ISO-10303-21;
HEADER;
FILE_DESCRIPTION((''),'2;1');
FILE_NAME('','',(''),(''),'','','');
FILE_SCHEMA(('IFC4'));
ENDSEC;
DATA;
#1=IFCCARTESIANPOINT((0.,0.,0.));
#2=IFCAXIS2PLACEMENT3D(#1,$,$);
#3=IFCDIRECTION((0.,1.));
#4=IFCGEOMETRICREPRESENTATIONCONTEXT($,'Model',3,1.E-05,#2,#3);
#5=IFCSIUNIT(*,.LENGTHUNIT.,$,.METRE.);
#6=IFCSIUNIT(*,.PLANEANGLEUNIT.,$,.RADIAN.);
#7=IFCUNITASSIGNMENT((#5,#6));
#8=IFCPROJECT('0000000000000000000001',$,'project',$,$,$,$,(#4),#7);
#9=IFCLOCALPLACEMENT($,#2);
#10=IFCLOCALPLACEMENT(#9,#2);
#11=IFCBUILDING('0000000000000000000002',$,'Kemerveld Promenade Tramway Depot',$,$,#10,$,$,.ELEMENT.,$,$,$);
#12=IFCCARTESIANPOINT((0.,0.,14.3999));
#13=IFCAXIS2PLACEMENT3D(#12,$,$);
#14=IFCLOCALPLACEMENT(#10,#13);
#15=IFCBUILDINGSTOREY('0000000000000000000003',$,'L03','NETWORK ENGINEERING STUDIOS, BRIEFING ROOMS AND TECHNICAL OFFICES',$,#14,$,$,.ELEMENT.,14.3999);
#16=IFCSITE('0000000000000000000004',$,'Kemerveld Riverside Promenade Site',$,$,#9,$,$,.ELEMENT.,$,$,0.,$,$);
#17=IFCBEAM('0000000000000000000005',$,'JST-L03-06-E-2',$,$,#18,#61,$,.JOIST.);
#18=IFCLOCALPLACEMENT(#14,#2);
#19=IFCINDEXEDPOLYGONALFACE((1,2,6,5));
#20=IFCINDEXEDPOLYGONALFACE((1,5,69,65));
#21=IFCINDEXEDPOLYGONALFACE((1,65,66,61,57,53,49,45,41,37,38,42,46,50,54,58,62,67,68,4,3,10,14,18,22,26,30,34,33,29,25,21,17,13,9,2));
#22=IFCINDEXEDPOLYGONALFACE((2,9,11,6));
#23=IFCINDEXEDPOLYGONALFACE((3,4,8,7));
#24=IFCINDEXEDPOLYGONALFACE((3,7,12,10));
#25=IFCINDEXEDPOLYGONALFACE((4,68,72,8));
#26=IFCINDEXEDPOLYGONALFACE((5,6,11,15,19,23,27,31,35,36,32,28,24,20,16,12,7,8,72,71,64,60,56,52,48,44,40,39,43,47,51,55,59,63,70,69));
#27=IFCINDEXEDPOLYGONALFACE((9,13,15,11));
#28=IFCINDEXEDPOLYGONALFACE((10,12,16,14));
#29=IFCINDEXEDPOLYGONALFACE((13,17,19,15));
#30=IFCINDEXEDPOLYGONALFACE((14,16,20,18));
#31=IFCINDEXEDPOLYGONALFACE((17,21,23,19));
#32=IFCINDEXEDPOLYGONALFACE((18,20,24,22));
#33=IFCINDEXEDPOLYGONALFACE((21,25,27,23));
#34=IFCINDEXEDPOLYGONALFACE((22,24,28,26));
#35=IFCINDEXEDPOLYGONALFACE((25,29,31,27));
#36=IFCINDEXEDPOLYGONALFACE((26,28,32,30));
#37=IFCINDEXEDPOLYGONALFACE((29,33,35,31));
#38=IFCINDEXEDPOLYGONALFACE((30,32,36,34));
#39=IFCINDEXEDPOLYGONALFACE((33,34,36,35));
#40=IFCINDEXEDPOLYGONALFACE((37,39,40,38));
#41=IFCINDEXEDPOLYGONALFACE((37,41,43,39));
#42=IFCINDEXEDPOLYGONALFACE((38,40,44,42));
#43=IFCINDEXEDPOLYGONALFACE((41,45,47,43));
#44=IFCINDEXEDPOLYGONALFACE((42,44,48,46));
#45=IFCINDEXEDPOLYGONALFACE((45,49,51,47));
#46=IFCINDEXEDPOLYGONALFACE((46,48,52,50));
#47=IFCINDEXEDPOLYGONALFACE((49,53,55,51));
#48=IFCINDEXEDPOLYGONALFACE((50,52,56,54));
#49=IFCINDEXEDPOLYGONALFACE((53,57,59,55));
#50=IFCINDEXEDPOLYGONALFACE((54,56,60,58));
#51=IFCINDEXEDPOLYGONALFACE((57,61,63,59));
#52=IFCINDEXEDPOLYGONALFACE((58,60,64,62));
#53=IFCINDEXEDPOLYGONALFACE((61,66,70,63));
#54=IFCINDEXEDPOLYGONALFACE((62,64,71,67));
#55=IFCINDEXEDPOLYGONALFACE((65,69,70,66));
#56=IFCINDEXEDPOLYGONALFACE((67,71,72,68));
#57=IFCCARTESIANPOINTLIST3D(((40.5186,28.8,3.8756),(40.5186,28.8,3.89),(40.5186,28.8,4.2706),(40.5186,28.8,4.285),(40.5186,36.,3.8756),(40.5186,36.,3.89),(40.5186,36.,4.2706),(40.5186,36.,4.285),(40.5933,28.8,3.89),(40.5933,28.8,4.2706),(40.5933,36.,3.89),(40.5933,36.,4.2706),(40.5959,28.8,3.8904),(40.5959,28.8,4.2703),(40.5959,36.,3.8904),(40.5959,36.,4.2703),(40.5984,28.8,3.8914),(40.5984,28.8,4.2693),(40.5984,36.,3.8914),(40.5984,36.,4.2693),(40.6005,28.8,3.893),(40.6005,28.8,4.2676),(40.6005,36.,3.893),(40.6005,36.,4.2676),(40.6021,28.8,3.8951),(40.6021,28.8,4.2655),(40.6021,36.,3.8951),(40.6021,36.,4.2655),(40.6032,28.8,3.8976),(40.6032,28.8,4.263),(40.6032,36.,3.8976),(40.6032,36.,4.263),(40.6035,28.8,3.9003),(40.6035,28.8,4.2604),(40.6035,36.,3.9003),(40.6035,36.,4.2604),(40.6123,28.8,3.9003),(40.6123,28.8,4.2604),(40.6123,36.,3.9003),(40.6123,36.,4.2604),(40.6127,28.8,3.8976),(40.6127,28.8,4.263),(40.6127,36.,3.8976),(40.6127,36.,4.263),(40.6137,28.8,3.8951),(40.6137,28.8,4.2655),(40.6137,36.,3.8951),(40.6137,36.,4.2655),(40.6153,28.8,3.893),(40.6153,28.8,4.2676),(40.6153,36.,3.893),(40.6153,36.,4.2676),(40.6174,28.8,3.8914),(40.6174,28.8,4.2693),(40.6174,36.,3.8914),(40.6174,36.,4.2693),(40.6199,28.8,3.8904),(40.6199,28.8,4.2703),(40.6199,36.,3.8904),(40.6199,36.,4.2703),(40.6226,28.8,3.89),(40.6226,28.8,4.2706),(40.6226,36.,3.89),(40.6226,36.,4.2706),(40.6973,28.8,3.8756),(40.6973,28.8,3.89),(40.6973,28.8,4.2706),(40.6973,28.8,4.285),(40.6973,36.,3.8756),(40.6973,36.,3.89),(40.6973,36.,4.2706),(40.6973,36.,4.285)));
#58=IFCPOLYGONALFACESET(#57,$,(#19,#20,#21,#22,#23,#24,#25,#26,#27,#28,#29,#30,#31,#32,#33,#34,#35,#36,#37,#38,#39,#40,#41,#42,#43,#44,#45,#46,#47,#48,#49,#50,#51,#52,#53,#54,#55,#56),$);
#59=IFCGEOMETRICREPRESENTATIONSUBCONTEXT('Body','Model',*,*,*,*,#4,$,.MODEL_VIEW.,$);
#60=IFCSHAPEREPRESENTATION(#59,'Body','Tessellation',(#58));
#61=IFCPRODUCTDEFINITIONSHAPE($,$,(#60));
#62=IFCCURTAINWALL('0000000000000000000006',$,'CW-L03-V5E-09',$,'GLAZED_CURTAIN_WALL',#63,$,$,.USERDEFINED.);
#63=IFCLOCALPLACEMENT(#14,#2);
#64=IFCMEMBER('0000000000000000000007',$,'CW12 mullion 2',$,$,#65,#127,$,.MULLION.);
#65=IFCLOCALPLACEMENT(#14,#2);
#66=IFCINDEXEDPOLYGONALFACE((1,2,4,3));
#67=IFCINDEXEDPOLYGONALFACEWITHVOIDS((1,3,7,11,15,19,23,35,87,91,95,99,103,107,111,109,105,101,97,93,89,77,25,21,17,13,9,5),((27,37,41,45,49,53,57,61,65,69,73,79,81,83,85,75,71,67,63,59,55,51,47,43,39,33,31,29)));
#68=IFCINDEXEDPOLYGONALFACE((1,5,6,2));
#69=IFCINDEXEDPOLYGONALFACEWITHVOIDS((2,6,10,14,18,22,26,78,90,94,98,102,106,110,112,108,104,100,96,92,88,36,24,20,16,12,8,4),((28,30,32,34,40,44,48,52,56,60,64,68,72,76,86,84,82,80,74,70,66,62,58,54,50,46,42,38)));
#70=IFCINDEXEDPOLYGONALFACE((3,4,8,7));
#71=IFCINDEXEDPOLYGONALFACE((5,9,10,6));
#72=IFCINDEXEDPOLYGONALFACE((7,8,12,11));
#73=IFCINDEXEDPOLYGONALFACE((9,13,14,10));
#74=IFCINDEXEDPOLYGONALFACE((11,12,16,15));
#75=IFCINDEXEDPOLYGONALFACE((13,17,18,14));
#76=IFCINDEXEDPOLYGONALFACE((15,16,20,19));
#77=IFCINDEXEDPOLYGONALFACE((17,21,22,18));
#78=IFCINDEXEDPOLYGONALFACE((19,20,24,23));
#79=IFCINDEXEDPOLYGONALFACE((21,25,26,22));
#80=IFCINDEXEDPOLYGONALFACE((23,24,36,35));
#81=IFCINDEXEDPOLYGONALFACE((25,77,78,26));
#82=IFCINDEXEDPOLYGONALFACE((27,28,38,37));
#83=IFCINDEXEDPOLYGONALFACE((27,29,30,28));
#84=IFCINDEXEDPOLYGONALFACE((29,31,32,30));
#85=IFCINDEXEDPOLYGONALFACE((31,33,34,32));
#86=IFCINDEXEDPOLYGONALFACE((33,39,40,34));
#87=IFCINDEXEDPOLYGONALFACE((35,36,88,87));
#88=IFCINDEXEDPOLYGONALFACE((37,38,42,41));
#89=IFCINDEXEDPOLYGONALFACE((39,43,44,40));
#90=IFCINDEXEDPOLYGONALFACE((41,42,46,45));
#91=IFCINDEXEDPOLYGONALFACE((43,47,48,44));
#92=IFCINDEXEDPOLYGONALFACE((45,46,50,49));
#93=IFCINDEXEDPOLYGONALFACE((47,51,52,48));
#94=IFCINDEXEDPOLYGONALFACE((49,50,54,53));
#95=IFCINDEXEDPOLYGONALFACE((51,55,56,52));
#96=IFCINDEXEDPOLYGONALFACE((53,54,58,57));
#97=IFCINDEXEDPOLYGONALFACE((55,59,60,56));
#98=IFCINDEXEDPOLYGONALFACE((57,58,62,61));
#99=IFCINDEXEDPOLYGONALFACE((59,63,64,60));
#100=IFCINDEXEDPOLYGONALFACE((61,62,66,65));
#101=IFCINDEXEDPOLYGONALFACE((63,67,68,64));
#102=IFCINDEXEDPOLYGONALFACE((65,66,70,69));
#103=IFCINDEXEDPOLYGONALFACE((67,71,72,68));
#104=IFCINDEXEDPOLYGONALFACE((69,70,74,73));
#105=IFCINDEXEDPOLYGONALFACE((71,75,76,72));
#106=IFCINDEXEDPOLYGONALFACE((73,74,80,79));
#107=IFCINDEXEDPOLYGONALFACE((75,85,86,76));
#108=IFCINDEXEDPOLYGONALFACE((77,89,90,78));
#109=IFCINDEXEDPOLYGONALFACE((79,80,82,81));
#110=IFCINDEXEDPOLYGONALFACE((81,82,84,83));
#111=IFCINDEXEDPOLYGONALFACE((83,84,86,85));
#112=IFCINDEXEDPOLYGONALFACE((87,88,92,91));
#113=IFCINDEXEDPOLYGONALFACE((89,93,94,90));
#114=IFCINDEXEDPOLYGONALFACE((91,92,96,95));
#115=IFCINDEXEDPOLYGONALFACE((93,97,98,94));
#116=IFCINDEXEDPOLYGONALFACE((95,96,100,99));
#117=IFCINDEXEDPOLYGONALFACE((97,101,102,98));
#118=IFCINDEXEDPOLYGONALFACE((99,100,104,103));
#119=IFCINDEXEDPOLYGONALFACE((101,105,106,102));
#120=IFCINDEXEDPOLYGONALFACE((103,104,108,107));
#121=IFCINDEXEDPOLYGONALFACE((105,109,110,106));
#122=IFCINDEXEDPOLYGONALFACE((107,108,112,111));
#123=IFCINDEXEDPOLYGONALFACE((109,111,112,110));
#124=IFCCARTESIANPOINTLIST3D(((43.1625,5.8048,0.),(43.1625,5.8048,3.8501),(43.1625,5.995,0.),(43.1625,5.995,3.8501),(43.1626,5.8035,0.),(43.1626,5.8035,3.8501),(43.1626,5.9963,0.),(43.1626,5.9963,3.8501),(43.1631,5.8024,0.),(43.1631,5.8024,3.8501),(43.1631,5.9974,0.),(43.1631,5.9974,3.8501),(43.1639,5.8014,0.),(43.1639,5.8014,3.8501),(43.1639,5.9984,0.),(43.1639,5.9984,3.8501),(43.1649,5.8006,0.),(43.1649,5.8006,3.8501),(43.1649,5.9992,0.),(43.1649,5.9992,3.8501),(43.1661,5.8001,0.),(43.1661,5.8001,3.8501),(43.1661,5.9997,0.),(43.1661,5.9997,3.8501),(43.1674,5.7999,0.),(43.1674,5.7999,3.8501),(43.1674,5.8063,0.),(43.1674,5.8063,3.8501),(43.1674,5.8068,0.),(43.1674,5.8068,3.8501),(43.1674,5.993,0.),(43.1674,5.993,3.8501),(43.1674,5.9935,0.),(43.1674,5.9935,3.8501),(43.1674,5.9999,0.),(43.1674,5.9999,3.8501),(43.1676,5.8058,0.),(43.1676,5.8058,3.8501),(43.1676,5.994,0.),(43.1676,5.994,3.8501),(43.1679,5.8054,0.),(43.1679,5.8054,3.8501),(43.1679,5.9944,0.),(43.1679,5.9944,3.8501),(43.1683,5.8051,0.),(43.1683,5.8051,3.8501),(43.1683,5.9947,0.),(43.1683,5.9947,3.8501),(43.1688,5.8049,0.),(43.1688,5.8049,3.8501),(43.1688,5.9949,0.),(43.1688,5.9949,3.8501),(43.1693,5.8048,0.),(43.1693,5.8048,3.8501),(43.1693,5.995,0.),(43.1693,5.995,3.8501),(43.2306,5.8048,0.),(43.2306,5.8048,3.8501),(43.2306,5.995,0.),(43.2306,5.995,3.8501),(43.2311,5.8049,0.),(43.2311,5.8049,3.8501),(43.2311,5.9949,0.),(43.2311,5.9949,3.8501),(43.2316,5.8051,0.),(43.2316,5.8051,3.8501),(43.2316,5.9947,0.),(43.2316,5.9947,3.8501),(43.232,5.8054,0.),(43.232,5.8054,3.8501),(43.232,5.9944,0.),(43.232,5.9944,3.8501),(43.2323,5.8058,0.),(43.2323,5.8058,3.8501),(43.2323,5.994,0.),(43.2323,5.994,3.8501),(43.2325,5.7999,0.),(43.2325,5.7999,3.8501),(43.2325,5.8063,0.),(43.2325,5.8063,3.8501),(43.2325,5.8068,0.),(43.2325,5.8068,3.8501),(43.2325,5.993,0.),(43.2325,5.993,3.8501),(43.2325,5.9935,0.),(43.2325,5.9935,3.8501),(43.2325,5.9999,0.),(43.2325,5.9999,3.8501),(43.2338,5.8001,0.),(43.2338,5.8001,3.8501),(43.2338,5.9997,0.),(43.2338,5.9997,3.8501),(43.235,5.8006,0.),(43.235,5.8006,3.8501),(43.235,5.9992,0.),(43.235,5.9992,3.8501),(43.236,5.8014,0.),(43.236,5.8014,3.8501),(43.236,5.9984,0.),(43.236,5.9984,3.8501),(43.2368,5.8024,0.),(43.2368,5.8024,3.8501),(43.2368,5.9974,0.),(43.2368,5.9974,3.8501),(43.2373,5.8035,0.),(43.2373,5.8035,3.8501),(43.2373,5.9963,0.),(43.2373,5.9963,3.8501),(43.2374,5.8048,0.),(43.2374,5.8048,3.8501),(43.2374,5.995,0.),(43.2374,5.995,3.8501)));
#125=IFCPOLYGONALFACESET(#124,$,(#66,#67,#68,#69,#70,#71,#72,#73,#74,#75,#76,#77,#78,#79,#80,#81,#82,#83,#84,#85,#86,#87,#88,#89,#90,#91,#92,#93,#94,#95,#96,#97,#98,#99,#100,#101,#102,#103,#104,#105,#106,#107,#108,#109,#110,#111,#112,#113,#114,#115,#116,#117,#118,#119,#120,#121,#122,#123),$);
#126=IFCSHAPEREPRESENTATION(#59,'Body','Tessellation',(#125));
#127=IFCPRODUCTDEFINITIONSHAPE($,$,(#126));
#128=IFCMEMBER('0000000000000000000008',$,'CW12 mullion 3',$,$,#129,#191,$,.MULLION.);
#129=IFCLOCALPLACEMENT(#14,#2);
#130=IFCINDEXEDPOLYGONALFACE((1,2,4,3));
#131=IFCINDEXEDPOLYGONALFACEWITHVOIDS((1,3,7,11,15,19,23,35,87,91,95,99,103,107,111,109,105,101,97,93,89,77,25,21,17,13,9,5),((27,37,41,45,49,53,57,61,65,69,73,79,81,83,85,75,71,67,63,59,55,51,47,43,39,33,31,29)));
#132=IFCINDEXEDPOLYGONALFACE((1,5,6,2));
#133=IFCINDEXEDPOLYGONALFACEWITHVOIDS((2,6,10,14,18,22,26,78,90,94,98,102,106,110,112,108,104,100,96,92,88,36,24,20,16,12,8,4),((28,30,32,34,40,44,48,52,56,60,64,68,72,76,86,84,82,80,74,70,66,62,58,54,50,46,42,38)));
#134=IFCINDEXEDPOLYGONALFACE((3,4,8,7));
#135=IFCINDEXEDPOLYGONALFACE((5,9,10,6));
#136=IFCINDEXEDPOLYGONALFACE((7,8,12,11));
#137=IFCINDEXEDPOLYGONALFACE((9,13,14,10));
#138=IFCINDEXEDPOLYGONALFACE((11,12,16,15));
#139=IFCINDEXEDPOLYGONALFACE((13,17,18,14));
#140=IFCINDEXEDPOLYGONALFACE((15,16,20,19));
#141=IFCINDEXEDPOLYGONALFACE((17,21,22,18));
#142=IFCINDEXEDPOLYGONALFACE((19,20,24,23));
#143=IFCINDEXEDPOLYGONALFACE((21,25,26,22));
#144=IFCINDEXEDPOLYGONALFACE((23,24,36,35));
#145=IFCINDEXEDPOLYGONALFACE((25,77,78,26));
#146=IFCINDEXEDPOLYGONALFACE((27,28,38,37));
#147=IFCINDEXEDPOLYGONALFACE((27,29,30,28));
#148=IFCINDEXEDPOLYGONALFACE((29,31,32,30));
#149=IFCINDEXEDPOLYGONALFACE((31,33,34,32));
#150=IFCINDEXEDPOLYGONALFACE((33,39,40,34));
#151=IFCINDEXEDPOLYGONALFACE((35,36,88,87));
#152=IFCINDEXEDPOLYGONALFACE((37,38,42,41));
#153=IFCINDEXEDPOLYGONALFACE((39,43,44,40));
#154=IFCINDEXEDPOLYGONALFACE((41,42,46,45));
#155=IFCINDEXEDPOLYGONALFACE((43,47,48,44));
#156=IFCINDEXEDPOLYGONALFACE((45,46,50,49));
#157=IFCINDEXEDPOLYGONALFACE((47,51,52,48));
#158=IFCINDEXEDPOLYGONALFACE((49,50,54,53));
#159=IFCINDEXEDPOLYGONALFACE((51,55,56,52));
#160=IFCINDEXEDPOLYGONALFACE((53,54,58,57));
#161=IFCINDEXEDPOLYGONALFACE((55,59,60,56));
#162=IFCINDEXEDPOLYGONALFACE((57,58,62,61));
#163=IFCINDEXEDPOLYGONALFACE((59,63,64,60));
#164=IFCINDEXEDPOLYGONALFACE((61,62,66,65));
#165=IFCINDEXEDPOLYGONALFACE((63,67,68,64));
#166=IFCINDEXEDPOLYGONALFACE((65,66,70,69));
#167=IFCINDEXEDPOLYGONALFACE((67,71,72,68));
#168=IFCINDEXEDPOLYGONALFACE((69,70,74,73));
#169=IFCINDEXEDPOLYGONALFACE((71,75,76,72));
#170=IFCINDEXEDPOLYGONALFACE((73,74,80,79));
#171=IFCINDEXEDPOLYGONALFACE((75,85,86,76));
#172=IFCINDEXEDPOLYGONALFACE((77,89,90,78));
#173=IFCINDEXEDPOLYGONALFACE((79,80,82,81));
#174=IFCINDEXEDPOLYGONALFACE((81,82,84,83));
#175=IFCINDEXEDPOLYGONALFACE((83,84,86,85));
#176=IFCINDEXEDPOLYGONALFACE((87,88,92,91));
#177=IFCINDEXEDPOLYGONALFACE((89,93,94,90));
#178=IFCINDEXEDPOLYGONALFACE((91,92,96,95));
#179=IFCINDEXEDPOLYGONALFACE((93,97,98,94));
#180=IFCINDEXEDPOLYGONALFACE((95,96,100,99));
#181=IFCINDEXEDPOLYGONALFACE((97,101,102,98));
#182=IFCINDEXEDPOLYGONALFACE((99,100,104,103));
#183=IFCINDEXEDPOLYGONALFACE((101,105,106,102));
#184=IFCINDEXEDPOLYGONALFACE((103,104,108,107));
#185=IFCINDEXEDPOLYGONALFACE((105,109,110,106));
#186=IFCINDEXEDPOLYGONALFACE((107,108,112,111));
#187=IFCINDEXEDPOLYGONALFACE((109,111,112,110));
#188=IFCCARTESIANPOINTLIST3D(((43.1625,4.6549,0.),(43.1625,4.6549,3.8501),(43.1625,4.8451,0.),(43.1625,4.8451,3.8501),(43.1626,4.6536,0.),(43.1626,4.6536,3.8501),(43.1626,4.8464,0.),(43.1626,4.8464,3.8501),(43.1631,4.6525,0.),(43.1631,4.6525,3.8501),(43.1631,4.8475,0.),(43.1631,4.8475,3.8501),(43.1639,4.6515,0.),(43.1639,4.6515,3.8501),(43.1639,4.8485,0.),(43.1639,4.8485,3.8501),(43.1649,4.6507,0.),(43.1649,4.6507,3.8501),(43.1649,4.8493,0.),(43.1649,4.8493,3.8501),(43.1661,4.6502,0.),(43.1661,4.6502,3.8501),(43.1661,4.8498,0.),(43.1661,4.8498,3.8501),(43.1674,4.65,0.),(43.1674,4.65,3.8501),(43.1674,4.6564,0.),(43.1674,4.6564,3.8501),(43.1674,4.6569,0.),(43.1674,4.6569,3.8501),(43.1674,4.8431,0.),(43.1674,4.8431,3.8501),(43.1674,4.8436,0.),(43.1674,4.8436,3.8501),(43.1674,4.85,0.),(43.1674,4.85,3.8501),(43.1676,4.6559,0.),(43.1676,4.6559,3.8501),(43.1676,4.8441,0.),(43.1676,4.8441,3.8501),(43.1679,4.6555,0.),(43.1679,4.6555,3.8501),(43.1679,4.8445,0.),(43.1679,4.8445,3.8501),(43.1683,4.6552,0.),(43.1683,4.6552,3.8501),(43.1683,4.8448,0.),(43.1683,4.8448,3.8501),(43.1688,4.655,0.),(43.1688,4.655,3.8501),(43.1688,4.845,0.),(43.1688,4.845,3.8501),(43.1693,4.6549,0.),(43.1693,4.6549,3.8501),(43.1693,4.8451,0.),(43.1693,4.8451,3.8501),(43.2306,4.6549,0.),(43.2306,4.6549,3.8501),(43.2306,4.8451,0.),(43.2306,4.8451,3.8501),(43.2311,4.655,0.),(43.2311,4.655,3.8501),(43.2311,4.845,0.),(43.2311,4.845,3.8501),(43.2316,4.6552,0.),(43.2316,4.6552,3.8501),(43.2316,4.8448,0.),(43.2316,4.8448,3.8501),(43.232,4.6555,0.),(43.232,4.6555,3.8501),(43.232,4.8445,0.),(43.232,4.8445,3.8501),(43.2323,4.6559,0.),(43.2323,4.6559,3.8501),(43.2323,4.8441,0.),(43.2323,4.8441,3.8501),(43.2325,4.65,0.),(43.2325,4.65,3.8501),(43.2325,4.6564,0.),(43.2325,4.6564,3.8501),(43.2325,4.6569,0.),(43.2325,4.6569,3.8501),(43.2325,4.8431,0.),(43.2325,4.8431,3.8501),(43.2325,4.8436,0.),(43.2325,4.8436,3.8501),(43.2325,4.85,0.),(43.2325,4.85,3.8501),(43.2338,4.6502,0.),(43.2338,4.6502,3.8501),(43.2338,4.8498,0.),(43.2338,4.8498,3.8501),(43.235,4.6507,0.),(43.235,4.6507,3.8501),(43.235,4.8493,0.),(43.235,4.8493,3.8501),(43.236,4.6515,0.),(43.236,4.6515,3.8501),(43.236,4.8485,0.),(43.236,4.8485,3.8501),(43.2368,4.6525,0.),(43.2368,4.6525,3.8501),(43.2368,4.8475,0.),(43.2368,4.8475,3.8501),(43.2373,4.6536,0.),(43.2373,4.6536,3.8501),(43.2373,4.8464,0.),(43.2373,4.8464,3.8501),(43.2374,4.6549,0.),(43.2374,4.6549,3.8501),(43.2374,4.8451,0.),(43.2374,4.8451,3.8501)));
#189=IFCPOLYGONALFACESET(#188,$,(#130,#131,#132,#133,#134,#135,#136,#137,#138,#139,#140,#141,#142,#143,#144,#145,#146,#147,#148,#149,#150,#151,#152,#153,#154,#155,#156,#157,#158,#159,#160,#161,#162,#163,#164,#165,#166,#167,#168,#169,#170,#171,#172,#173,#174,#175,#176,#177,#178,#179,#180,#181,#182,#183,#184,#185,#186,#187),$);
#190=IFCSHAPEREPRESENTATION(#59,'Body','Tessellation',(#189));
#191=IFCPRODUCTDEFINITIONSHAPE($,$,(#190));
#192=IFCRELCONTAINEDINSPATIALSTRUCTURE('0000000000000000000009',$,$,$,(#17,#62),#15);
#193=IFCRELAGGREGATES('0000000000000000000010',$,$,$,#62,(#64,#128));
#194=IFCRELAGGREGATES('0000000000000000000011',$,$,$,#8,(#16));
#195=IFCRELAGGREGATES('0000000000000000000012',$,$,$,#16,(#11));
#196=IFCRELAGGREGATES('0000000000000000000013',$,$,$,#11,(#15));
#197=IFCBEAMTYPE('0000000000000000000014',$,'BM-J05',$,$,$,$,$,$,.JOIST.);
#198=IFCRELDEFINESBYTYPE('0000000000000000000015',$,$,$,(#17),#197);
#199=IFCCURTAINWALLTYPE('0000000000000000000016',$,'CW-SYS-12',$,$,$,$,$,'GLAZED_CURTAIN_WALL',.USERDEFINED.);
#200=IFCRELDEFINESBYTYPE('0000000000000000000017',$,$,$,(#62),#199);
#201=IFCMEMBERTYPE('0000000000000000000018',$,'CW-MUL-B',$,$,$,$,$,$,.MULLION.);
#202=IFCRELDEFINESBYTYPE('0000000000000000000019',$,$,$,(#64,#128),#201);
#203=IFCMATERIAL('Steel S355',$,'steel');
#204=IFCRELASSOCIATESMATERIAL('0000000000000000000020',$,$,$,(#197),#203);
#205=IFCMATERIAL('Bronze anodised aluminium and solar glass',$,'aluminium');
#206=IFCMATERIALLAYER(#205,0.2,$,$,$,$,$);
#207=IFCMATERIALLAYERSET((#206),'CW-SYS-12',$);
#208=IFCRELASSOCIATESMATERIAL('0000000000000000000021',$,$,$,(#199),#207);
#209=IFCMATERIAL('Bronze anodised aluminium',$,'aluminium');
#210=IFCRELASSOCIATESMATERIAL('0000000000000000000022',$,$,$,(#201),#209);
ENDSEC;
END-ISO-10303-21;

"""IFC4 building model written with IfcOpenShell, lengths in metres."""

from ifc_helpers import new_model, si_unit, direction, frame, origin, origin_2d, place, context, subcontext, project, spatial, hollow_rectangle, i_section, extrude, material, layer, layer_set, material_profile, profile_set, type_object, element, aggregate, save


model = new_model("IFC4")

# Units and contexts
model_context = context("Model", 3, precision=1e-05, world=origin(), true_north=direction((0.0, 1.0)))
body_context = subcontext(model_context, "Body", "Model", "MODEL_VIEW")
ifc_project = project(units=[si_unit("LENGTHUNIT", "METRE"), si_unit("PLANEANGLEUNIT", "RADIAN")], contexts=[model_context])

# Site, building, storey
site_placement = place(None, origin())
site = spatial("IfcSite", under=ifc_project, at=site_placement, Name="Kemerveld Riverside Promenade Site", CompositionType="ELEMENT", RefElevation=0.0)
building_placement = place(site_placement, origin())
building = spatial("IfcBuilding", under=site, at=building_placement, Name="Kemerveld Promenade Tramway Depot", CompositionType="ELEMENT")
storey_placement = place(building_placement, frame((0.0, 0.0, 14.3999)))
storey = spatial("IfcBuildingStorey", under=building, at=storey_placement, Name="L03", Description="NETWORK ENGINEERING STUDIOS, BRIEFING ROOMS AND TECHNICAL OFFICES", CompositionType="ELEMENT", Elevation=14.3999)

# Beam
ifc_material_1 = material(Name="Steel S355", Category="steel")
ifc_material_profile_1 = material_profile(ifc_material_1, i_section(OverallWidth=0.1787, OverallDepth=0.4094, WebThickness=0.0088, FlangeThickness=0.0144, FilletRadius=0.0103, at=origin_2d()), Name="406x178x67 UB")
ifc_profile_set_1 = profile_set([ifc_material_profile_1], Name="Steel S355")
beam_type_1 = type_object("IfcBeamType", Name="BM-J05", PredefinedType="JOIST", material=ifc_profile_set_1)
beam_1_placement = place(storey_placement, frame((40.6079, 28.8, 4.0803), z_axis=(0.0, 1.0, 0.0), x_axis=(-1.0, 0.0, 0.0)))
element("IfcBeam", 1, at=beam_1_placement, inside=storey, type_object=beam_type_1, Name="JST-L03-06-E-2", PredefinedType="JOIST", context=body_context, shape_type="SweptSolid", body=[
    extrude(i_section(OverallWidth=0.1787, OverallDepth=0.4094, WebThickness=0.0088, FlangeThickness=0.0144, FilletRadius=0.0103, at=origin_2d()), origin(), (0.0, 0.0, 1.0), 7.2),
])

# Curtain wall, members
ifc_material_2 = material(Name="Bronze anodised aluminium and solar glass", Category="aluminium")
ifc_layer_1 = layer(ifc_material_2, 0.2)
ifc_layer_set_1 = layer_set([ifc_layer_1], Name="CW-SYS-12")
curtain_wall_type = type_object("IfcCurtainWallType", Name="CW-SYS-12", ElementType="GLAZED_CURTAIN_WALL", PredefinedType="USERDEFINED", material=ifc_layer_set_1)
curtain_wall_placement = place(storey_placement, origin())
curtain_wall = element("IfcCurtainWall", 2, at=curtain_wall_placement, inside=storey, type_object=curtain_wall_type, Name="CW-L03-V5E-09", ObjectType="GLAZED_CURTAIN_WALL", PredefinedType="USERDEFINED")
ifc_material_3 = material(Name="Bronze anodised aluminium", Category="aluminium")
ifc_material_profile_2 = material_profile(ifc_material_3, hollow_rectangle(XDim=0.075, YDim=0.2, WallThickness=0.0049, InnerFilletRadius=0.002, OuterFilletRadius=0.0049, at=origin_2d()), Name="CW-MUL-200x75")
ifc_profile_set_2 = profile_set([ifc_material_profile_2], Name="Bronze anodised aluminium")
member_type_1 = type_object("IfcMemberType", Name="CW-MUL-B", PredefinedType="MULLION", material=ifc_profile_set_2)
member_1_placement = place(storey_placement, frame((43.2, 5.8999, 0.0), z_axis=(0.0, 0.0, 1.0), x_axis=(1.0, 0.0, 0.0)))
member_1 = element("IfcMember", 3, at=member_1_placement, type_object=member_type_1, Name="CW12 mullion 2", PredefinedType="MULLION", context=body_context, shape_type="SweptSolid", body=[
    extrude(hollow_rectangle(XDim=0.075, YDim=0.2, WallThickness=0.0049, InnerFilletRadius=0.002, OuterFilletRadius=0.0049, at=origin_2d()), origin(), (0.0, 0.0, 1.0), 3.8501),
])
member_2_placement = place(storey_placement, frame((43.2, 4.75, 0.0), z_axis=(0.0, 0.0, 1.0), x_axis=(1.0, 0.0, 0.0)))
member_2 = element("IfcMember", 4, at=member_2_placement, type_object=member_type_1, Name="CW12 mullion 3", PredefinedType="MULLION", context=body_context, shape_type="SweptSolid", body=[
    extrude(hollow_rectangle(XDim=0.075, YDim=0.2, WallThickness=0.0049, InnerFilletRadius=0.002, OuterFilletRadius=0.0049, at=origin_2d()), origin(), (0.0, 0.0, 1.0), 3.8501),
])
aggregate(curtain_wall, [member_1, member_2])

save(model, "model.ifc")
